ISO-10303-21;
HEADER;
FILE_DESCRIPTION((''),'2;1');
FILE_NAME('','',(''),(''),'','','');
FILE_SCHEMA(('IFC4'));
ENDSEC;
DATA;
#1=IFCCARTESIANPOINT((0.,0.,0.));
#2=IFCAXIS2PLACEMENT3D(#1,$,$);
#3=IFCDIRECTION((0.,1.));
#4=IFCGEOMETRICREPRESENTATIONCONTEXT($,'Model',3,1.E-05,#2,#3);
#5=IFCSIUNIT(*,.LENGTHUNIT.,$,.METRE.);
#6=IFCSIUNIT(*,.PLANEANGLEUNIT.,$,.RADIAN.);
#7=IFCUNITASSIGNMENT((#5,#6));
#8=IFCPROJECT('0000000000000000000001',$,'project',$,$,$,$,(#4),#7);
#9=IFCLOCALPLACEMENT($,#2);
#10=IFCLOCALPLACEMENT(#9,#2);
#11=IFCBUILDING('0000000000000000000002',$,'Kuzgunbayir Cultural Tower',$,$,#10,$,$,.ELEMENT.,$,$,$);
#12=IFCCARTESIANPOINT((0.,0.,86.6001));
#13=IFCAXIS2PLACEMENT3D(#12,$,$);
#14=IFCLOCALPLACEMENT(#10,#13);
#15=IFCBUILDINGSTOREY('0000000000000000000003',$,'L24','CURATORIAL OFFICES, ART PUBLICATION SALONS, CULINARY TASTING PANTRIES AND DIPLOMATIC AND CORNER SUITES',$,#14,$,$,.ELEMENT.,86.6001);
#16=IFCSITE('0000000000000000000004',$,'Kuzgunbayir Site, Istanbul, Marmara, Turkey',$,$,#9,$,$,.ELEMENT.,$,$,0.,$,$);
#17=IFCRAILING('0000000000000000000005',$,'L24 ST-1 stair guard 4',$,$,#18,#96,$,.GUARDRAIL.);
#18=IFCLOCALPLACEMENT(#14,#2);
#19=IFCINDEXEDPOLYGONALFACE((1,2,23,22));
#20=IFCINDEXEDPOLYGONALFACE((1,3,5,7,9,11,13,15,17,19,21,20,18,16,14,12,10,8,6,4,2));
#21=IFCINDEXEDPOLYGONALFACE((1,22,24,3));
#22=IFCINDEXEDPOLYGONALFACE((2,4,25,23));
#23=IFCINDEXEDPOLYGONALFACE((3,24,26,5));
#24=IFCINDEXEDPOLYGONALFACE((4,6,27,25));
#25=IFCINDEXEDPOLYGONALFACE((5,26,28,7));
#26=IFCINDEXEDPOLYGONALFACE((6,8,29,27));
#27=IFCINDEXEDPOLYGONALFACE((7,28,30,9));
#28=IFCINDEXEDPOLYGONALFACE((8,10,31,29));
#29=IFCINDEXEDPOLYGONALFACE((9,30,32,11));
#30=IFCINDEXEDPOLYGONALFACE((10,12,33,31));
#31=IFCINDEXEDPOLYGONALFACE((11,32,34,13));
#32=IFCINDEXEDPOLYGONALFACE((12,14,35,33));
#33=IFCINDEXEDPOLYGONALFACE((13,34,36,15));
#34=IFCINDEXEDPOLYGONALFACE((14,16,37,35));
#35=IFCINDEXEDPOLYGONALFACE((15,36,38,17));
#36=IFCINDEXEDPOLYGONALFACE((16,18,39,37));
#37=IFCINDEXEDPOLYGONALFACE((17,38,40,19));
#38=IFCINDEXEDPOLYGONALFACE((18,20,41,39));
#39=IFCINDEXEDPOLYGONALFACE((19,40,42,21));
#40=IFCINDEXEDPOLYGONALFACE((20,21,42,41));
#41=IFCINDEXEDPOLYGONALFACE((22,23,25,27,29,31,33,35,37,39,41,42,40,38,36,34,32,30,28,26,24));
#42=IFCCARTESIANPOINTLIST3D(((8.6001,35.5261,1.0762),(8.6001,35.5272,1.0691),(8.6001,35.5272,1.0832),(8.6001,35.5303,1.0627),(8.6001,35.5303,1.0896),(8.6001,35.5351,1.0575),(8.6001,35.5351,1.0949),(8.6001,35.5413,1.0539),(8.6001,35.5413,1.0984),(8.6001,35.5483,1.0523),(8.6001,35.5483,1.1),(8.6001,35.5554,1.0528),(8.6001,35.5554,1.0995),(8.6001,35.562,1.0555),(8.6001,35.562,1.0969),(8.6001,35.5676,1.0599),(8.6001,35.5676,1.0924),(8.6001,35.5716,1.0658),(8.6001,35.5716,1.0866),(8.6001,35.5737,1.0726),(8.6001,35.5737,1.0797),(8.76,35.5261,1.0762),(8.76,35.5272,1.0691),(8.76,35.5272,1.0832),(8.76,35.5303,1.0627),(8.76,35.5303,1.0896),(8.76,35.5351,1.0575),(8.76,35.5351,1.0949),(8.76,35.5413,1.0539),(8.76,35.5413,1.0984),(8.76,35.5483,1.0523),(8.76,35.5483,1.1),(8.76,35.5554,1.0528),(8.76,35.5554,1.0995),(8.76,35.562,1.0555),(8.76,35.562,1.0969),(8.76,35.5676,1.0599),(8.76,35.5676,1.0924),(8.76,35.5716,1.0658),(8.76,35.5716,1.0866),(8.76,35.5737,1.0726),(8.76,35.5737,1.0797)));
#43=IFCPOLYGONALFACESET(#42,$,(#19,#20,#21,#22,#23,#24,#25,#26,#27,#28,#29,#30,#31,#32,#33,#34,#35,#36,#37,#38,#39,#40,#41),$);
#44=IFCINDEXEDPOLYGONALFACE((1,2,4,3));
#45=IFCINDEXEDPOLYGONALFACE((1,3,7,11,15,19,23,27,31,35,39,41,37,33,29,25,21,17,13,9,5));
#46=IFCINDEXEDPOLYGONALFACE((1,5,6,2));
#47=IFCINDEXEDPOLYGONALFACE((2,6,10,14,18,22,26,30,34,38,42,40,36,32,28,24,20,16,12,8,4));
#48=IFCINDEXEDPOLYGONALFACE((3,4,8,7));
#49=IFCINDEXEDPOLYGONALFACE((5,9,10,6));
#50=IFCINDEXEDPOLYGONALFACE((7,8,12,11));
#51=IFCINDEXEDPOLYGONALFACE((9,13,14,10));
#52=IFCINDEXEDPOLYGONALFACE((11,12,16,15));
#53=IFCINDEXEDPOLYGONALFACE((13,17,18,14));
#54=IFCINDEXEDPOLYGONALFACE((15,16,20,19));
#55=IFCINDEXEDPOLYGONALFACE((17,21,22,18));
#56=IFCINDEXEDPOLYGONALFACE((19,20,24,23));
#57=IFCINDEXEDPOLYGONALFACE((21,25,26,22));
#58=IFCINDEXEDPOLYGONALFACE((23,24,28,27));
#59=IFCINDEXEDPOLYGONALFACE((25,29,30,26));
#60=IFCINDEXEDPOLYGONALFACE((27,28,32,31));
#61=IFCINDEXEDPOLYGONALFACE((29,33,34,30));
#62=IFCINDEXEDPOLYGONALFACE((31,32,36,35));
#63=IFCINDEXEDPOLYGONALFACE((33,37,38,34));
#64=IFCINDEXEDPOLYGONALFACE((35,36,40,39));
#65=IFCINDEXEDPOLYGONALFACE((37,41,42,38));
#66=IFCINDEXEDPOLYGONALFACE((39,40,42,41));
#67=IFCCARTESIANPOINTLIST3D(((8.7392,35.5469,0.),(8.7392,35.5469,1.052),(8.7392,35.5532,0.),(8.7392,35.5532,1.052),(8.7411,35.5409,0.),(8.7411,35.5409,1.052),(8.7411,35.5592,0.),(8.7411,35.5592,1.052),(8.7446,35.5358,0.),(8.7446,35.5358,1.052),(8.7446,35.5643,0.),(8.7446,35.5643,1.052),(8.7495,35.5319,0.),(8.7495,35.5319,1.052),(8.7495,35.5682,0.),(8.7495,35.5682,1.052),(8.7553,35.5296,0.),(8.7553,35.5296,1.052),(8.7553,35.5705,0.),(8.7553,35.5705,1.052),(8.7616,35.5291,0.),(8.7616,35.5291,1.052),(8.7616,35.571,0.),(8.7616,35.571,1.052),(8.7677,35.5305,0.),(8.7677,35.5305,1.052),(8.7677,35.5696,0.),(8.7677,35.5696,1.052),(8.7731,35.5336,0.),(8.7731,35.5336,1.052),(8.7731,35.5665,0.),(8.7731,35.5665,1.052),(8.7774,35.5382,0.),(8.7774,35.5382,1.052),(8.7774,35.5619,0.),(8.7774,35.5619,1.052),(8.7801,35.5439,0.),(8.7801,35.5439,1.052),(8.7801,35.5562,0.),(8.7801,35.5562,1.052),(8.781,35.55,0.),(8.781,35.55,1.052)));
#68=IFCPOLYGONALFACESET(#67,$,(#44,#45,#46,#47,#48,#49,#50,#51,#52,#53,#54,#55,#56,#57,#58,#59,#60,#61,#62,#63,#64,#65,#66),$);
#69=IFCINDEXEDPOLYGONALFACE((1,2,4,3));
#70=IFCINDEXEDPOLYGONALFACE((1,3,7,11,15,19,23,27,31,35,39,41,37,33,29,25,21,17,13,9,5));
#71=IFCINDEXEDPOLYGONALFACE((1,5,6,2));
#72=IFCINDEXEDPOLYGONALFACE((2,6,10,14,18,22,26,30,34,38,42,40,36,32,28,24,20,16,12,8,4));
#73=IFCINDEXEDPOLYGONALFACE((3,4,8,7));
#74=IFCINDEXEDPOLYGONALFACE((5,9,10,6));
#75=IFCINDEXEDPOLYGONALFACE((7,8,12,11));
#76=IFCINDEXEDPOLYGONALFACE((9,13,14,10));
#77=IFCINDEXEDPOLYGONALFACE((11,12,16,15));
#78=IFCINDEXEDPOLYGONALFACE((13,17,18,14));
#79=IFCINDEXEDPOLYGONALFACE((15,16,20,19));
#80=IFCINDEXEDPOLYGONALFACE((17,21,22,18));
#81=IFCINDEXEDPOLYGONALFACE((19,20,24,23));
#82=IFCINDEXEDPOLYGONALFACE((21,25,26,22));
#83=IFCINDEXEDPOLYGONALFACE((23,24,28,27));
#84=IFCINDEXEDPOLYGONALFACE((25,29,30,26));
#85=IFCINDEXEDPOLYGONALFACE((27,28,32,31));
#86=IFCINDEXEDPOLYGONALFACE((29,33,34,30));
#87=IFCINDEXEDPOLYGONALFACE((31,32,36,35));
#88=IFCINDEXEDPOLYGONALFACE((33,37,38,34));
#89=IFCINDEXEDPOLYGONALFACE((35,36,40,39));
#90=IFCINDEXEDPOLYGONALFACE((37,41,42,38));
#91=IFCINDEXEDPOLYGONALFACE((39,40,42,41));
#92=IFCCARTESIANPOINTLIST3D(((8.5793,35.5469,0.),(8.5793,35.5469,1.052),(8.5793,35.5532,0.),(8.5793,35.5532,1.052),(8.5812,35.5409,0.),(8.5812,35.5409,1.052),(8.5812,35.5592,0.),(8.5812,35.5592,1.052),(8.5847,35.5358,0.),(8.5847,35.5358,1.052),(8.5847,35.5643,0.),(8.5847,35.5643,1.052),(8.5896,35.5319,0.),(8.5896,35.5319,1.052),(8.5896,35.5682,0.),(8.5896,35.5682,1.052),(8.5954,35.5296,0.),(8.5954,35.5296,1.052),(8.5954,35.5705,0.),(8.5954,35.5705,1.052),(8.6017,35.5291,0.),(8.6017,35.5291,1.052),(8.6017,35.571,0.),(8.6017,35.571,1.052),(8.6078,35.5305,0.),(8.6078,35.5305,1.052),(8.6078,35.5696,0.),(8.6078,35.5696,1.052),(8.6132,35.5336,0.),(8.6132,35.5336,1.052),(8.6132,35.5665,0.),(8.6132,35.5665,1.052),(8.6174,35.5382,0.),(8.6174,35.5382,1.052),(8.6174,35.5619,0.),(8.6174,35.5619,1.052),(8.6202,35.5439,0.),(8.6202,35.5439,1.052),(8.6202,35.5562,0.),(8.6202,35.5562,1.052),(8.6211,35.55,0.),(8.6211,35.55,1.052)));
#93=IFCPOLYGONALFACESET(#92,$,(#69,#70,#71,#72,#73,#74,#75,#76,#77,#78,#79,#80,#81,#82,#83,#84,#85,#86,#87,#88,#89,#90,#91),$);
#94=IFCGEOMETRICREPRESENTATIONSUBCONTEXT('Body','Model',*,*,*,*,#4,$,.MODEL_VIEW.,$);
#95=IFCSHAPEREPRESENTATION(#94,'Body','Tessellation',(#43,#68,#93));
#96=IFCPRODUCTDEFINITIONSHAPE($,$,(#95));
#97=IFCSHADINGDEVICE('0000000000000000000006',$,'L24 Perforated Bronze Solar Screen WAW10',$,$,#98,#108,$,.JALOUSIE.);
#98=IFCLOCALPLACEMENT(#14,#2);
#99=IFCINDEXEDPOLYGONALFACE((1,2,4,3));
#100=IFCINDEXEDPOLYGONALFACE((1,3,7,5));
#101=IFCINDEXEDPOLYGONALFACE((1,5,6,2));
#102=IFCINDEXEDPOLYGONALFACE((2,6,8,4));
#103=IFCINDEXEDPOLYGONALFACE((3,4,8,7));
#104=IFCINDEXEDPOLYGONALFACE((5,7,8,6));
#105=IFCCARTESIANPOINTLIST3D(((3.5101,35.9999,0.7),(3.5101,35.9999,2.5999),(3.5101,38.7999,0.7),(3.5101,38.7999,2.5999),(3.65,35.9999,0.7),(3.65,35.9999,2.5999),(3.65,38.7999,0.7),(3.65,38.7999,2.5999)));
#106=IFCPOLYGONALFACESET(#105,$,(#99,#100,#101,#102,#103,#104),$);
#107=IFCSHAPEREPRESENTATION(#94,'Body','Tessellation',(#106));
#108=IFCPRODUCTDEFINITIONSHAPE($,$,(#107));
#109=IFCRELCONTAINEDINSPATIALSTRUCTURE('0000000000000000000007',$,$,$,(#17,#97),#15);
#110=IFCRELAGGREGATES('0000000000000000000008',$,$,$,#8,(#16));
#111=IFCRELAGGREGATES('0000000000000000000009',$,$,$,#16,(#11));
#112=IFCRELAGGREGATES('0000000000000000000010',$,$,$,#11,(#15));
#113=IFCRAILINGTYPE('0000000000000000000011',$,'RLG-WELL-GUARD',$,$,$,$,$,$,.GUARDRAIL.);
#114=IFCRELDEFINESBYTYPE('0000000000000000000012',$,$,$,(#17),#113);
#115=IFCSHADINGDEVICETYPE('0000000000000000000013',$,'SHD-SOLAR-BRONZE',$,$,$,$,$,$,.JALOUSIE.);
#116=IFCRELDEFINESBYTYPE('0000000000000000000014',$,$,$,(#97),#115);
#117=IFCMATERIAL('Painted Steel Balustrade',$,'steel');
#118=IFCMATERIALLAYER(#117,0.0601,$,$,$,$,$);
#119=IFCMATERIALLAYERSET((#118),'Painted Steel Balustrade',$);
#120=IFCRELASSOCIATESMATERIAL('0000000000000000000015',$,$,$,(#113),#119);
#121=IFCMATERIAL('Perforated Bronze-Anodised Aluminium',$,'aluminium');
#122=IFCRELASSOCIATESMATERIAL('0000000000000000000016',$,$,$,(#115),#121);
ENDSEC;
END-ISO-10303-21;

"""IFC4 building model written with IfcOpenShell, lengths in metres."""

from ifc_helpers import new_model, si_unit, direction, frame, origin, origin_2d, place, context, subcontext, project, spatial, rectangle, circle, extrude, material, layer, layer_set, type_object, element, save


model = new_model("IFC4")

# Units and contexts
model_context = context("Model", 3, precision=1e-05, world=origin(), true_north=direction((0.0, 1.0)))
body_context = subcontext(model_context, "Body", "Model", "MODEL_VIEW")
ifc_project = project(units=[si_unit("LENGTHUNIT", "METRE"), si_unit("PLANEANGLEUNIT", "RADIAN")], contexts=[model_context])

# Site, building, storey
site_placement = place(None, origin())
site = spatial("IfcSite", under=ifc_project, at=site_placement, Name="Kuzgunbayir Site, Istanbul, Marmara, Turkey", CompositionType="ELEMENT", RefElevation=0.0)
building_placement = place(site_placement, origin())
building = spatial("IfcBuilding", under=site, at=building_placement, Name="Kuzgunbayir Cultural Tower", CompositionType="ELEMENT")
storey_placement = place(building_placement, frame((0.0, 0.0, 86.6001)))
storey = spatial("IfcBuildingStorey", under=building, at=storey_placement, Name="L24", Description="CURATORIAL OFFICES, ART PUBLICATION SALONS, CULINARY TASTING PANTRIES AND DIPLOMATIC AND CORNER SUITES", CompositionType="ELEMENT", Elevation=86.6001)

# Railing
ifc_material_1 = material(Name="Painted Steel Balustrade", Category="steel")
ifc_layer_1 = layer(ifc_material_1, 0.0601)
ifc_layer_set_1 = layer_set([ifc_layer_1], Name="Painted Steel Balustrade")
railing_type_1 = type_object("IfcRailingType", Name="RLG-WELL-GUARD", PredefinedType="GUARDRAIL", material=ifc_layer_set_1)
railing_1_placement = place(storey_placement, frame((8.76, 35.55, 0.0)))
element("IfcRailing", 1, at=railing_1_placement, inside=storey, type_object=railing_type_1, Name="L24 ST-1 stair guard 4", PredefinedType="GUARDRAIL", context=body_context, shape_type="SweptSolid", body=[
    extrude(circle(Radius=0.0239, at=origin_2d()), frame((0.0, 0.0, 1.0762), z_axis=(-1.0, 0.0, 0.0), x_axis=(0.0, -1.0, 0.0)), (0.0, 0.0, 1.0), 0.1599),
    extrude(circle(Radius=0.021, at=origin_2d()), origin(), (0.0, 0.0, 1.0), 1.052),
    extrude(circle(Radius=0.021, at=origin_2d()), frame((-0.1599, 0.0, 0.0)), (0.0, 0.0, 1.0), 1.052),
])

# Shading device
ifc_material_2 = material(Name="Perforated Bronze-Anodised Aluminium", Category="aluminium")
shading_device_type = type_object("IfcShadingDeviceType", Name="SHD-SOLAR-BRONZE", PredefinedType="JALOUSIE", material=ifc_material_2)
shading_device_placement = place(storey_placement, frame((3.5801, 37.3999, 0.7), z_axis=(0.0, 0.0, 1.0), x_axis=(1.0, 0.0, 0.0)))
element("IfcShadingDevice", 2, at=shading_device_placement, inside=storey, type_object=shading_device_type, Name="L24 Perforated Bronze Solar Screen WAW10", PredefinedType="JALOUSIE", context=body_context, shape_type="SweptSolid", body=[
    extrude(rectangle(XDim=0.1399, YDim=2.8, at=origin_2d()), origin(), (0.0, 0.0, 1.0), 1.8999),
])

save(model, "model.ifc")
